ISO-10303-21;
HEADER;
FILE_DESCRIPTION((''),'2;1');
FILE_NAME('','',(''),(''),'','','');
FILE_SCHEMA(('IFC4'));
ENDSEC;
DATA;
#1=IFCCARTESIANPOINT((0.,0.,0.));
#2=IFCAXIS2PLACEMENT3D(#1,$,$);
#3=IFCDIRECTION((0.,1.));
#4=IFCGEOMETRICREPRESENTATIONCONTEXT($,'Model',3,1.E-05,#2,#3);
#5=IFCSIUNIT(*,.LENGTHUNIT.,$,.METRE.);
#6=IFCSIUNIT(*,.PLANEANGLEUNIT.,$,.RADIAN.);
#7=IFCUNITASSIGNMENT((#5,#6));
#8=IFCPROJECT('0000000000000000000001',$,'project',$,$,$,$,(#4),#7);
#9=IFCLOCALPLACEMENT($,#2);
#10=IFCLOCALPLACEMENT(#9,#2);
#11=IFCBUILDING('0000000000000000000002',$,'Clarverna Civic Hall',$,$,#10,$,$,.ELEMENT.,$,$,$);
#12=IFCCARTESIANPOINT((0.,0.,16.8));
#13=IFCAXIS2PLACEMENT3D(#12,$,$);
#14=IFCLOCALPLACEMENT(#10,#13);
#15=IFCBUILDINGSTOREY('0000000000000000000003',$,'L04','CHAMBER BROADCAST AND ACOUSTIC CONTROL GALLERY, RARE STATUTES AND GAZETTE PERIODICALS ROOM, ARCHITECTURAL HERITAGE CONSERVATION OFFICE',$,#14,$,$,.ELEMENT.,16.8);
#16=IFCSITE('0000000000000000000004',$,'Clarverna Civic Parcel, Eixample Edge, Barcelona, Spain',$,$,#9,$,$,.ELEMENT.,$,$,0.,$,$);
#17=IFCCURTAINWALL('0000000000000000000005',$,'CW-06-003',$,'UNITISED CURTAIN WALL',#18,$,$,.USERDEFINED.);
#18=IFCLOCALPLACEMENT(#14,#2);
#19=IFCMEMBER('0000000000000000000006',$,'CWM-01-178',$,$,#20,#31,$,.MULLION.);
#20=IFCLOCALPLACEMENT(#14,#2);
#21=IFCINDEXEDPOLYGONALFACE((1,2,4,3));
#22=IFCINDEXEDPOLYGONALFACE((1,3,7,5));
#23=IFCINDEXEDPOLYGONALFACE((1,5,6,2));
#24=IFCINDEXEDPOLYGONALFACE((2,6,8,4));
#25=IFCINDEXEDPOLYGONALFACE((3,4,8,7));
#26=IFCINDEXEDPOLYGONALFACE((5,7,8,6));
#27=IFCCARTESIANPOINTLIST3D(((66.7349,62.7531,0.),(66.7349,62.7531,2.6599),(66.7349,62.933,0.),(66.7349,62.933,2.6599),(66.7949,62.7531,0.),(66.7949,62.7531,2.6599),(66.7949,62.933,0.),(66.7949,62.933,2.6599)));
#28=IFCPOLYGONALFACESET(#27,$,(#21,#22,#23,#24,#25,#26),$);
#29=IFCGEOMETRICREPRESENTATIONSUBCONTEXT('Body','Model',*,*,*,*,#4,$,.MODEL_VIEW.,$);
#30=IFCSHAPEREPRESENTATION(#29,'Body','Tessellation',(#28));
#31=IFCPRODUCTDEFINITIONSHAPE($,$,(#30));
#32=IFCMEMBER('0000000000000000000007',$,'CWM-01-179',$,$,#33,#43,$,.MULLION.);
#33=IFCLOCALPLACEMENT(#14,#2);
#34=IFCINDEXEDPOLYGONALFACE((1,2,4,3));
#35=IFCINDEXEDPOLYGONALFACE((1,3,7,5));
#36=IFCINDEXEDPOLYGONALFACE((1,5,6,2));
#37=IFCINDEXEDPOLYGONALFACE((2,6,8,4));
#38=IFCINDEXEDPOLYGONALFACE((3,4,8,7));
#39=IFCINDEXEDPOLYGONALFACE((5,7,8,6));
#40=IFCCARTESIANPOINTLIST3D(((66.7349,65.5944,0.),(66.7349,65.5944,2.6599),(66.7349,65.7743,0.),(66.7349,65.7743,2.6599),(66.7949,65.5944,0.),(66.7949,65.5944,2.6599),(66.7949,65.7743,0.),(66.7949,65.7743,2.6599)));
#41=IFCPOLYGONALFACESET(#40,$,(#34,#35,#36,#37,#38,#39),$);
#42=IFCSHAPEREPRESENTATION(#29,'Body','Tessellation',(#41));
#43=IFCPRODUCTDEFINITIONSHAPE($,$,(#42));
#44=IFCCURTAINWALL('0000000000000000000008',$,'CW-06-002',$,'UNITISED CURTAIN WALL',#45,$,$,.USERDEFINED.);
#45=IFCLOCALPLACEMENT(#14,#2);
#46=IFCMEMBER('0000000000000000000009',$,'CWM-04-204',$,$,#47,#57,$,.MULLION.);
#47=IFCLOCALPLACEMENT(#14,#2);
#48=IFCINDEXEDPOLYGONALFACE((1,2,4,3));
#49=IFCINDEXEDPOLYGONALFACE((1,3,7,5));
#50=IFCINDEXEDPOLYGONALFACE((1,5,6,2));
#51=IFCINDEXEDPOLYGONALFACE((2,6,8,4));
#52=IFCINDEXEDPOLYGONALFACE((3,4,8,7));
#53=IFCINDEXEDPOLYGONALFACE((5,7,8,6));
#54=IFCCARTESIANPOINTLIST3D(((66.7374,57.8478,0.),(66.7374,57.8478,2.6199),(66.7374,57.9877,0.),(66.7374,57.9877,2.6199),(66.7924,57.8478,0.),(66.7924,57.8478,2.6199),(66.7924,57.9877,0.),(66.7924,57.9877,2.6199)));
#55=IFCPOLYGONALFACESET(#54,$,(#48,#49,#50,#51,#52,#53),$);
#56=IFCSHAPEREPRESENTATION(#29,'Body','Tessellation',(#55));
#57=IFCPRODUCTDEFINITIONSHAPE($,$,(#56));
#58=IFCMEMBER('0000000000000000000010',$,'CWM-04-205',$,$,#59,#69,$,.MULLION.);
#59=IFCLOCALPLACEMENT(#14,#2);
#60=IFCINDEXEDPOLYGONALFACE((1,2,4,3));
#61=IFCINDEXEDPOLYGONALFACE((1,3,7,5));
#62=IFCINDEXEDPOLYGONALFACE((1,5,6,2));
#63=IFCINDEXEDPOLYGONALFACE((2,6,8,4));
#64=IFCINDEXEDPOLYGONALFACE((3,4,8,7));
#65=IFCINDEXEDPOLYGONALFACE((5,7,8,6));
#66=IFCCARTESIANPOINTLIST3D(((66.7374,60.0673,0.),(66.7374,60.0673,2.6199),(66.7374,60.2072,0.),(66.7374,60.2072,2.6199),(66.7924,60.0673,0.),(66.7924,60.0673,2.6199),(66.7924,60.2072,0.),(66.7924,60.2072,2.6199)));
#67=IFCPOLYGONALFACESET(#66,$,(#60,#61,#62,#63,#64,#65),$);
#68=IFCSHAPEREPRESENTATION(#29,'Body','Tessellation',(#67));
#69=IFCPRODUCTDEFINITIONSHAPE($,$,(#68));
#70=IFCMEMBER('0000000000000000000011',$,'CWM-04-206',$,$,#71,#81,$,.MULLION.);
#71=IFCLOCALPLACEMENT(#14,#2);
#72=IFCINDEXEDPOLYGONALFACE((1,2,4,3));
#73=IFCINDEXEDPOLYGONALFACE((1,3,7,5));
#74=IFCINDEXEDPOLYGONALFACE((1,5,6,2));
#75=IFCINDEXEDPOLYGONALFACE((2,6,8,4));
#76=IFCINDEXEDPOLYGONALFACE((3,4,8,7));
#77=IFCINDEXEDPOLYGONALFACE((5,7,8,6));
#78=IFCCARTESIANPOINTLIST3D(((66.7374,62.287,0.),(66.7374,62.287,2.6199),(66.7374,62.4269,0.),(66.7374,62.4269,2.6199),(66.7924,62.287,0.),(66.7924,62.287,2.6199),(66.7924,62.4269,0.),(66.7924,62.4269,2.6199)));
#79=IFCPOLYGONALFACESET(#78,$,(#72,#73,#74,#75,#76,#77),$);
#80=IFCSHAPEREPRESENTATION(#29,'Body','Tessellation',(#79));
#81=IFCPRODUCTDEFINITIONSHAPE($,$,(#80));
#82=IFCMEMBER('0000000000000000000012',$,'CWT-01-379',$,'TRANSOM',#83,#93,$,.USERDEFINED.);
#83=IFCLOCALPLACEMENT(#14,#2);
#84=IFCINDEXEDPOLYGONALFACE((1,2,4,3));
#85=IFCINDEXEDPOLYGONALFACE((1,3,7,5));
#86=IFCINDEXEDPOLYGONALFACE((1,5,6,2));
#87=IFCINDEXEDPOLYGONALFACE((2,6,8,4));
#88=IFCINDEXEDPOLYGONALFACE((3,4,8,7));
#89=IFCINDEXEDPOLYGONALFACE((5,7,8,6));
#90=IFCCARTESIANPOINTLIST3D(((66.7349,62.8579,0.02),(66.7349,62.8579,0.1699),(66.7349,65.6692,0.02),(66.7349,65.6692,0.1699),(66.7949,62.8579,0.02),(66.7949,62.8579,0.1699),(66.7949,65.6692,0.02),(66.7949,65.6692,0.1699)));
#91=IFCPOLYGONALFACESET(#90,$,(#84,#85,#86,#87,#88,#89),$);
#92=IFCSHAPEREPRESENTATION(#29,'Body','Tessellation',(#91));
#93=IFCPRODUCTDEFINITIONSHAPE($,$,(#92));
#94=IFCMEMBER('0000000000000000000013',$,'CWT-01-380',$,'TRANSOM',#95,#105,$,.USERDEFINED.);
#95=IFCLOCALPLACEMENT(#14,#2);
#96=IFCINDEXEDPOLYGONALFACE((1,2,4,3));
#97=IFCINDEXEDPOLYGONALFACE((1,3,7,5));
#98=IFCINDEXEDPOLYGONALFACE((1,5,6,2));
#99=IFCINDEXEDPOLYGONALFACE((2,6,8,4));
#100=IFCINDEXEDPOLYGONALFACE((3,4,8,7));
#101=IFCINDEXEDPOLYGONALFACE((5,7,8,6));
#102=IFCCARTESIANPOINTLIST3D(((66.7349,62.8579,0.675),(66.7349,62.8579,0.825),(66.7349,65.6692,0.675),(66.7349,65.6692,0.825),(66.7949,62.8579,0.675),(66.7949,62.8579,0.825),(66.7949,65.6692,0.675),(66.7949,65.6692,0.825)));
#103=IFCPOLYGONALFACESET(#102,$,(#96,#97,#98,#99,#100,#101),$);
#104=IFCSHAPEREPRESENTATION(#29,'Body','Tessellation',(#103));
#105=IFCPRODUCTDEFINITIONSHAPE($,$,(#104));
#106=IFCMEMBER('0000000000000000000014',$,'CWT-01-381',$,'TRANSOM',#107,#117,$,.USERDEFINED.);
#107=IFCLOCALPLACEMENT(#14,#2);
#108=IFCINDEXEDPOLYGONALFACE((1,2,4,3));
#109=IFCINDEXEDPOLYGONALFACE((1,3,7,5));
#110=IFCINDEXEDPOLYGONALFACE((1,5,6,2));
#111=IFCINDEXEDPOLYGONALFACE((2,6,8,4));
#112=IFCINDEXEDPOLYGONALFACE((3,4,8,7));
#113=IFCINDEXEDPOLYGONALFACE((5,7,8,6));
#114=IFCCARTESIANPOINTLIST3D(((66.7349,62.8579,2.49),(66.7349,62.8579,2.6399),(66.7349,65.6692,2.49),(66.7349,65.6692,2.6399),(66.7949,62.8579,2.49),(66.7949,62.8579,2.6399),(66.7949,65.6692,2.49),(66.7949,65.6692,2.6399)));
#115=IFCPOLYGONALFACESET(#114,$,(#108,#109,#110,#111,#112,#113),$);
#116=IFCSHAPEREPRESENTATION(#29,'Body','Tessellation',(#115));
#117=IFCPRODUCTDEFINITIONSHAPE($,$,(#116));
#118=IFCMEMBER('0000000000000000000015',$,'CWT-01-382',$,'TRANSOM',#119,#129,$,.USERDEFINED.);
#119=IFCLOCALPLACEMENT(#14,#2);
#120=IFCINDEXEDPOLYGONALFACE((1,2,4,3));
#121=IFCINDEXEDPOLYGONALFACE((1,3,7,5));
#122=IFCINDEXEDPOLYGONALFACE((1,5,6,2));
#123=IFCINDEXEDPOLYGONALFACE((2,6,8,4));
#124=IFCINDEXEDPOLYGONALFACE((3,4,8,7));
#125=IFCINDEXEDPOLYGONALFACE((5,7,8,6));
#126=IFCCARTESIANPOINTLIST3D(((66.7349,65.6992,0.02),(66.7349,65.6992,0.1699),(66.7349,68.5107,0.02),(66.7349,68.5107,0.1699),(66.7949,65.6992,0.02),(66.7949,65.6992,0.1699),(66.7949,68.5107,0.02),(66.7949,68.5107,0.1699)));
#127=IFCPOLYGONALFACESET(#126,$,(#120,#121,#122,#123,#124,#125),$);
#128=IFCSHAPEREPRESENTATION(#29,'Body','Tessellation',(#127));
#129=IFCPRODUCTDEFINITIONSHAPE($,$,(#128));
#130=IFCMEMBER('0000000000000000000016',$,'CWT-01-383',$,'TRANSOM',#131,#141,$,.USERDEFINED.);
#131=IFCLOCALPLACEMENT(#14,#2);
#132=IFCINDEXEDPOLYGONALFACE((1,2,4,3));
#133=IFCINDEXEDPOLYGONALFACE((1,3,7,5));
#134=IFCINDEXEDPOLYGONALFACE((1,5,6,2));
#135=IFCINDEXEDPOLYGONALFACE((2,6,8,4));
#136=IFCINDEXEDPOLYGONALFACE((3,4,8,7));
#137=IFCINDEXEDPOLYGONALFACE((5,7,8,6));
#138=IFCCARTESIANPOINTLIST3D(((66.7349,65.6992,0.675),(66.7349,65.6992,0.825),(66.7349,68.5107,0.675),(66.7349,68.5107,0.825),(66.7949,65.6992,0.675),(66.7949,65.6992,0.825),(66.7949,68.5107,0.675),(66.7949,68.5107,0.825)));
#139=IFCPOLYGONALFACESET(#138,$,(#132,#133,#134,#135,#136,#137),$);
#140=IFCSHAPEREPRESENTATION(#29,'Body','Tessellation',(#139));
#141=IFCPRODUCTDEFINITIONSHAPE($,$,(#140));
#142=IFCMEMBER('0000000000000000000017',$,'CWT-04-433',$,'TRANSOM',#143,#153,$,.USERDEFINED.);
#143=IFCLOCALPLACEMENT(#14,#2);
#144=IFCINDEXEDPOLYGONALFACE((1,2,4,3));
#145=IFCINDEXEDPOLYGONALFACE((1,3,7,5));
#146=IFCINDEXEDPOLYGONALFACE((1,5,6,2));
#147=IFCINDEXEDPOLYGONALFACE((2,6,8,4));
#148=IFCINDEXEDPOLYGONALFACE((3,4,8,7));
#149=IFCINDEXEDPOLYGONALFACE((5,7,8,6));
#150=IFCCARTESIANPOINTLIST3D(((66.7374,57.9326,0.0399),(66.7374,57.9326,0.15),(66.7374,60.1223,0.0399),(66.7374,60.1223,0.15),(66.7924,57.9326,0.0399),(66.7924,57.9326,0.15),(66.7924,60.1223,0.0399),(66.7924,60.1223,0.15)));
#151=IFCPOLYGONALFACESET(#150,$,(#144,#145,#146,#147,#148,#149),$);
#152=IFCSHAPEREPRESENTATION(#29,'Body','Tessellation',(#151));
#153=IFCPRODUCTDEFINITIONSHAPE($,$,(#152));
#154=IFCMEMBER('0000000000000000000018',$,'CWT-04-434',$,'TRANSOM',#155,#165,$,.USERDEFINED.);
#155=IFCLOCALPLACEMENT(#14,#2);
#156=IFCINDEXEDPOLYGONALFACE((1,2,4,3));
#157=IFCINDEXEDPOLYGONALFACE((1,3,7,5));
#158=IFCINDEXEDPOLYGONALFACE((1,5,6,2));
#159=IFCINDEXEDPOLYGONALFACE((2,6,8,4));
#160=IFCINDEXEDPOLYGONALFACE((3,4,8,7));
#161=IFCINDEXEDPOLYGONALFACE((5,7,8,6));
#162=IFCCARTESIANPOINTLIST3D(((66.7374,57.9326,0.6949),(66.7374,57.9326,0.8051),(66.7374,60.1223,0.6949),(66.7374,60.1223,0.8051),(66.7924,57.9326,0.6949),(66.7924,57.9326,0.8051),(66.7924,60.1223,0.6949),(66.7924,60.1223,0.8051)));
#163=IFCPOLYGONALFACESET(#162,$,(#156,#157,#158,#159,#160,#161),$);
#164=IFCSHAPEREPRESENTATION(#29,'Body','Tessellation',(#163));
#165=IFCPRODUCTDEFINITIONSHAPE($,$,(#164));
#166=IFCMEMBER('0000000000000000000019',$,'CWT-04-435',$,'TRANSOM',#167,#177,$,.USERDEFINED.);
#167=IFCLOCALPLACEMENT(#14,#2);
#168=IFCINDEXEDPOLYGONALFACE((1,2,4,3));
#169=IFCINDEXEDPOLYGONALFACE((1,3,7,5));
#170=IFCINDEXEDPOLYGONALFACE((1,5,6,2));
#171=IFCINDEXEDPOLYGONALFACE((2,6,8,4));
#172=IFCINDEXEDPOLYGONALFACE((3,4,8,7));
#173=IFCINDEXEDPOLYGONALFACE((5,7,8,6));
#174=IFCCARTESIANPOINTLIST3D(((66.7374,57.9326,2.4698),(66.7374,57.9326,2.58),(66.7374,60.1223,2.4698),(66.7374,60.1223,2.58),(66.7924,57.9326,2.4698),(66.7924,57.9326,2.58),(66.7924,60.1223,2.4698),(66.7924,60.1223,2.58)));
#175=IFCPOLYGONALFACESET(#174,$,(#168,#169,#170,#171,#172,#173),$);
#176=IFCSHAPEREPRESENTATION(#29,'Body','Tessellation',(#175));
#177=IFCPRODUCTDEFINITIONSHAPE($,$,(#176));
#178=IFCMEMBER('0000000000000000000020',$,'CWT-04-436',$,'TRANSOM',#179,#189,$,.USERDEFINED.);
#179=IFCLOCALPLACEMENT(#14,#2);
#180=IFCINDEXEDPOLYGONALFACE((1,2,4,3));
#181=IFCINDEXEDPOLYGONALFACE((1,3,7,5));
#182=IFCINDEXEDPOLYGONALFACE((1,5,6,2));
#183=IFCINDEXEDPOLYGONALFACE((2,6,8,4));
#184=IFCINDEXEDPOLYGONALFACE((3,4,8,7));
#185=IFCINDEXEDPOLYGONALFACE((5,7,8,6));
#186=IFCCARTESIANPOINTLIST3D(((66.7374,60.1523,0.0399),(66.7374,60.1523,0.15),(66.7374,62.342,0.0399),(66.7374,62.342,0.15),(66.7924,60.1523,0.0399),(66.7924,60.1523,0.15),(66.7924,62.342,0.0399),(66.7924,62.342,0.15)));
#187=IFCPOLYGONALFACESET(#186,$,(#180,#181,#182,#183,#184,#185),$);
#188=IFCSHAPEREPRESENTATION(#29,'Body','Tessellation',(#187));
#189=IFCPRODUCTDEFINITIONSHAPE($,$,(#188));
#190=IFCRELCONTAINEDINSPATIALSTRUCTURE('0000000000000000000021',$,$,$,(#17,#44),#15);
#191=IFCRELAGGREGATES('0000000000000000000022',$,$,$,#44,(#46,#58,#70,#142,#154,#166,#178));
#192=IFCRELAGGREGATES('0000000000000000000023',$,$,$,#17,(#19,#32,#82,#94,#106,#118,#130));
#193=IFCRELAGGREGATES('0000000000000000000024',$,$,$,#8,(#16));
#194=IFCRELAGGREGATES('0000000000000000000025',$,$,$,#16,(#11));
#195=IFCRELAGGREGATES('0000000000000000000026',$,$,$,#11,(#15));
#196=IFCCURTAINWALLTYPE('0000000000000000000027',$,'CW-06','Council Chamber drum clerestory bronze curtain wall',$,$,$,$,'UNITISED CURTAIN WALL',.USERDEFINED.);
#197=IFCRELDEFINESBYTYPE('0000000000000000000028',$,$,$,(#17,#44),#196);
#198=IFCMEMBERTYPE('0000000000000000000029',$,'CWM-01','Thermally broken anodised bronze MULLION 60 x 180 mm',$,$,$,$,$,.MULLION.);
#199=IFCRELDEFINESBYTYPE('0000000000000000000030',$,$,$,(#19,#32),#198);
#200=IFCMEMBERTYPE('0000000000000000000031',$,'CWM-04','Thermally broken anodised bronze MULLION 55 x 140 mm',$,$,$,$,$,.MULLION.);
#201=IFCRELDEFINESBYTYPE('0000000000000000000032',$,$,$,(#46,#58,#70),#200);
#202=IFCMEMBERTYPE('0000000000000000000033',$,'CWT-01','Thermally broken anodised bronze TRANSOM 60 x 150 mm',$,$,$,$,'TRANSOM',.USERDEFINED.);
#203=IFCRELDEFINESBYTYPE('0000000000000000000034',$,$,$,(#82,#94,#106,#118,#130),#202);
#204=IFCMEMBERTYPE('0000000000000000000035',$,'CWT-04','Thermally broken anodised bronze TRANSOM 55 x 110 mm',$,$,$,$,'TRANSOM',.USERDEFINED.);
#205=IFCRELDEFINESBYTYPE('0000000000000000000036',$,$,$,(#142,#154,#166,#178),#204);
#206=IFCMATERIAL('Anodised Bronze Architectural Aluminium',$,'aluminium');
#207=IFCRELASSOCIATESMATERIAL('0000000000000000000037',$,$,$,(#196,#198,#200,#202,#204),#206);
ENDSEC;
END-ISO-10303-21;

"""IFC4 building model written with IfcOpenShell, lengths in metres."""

from ifc_helpers import new_model, si_unit, direction, frame, origin, origin_2d, place, context, subcontext, project, spatial, rectangle, extrude, material, material_profile, profile_set, type_object, element, aggregate, save


model = new_model("IFC4")

# Units and contexts
model_context = context("Model", 3, precision=1e-05, world=origin(), true_north=direction((0.0, 1.0)))
body_context = subcontext(model_context, "Body", "Model", "MODEL_VIEW")
ifc_project = project(units=[si_unit("LENGTHUNIT", "METRE"), si_unit("PLANEANGLEUNIT", "RADIAN")], contexts=[model_context])

# Site, building, storey
site_placement = place(None, origin())
site = spatial("IfcSite", under=ifc_project, at=site_placement, Name="Clarverna Civic Parcel, Eixample Edge, Barcelona, Spain", CompositionType="ELEMENT", RefElevation=0.0)
building_placement = place(site_placement, origin())
building = spatial("IfcBuilding", under=site, at=building_placement, Name="Clarverna Civic Hall", CompositionType="ELEMENT")
storey_placement = place(building_placement, frame((0.0, 0.0, 16.8)))
storey = spatial("IfcBuildingStorey", under=building, at=storey_placement, Name="L04", Description="CHAMBER BROADCAST AND ACOUSTIC CONTROL GALLERY, RARE STATUTES AND GAZETTE PERIODICALS ROOM, ARCHITECTURAL HERITAGE CONSERVATION OFFICE", CompositionType="ELEMENT", Elevation=16.8)

# Curtain walls, members
ifc_material_1 = material(Name="Anodised Bronze Architectural Aluminium", Category="aluminium")
curtain_wall_type = type_object("IfcCurtainWallType", Name="CW-06", Description="Council Chamber drum clerestory bronze curtain wall", ElementType="UNITISED CURTAIN WALL", PredefinedType="USERDEFINED", material=ifc_material_1)
curtain_wall_1_placement = place(storey_placement, origin())
curtain_wall_1 = element("IfcCurtainWall", 1, at=curtain_wall_1_placement, inside=storey, type_object=curtain_wall_type, Name="CW-06-003", ObjectType="UNITISED CURTAIN WALL", PredefinedType="USERDEFINED")
ifc_material_profile_1 = material_profile(ifc_material_1, rectangle(XDim=0.0601, YDim=0.1799, at=origin_2d()), Name="BRONZE 60x180")
ifc_profile_set_1 = profile_set([ifc_material_profile_1], Name="Anodised Bronze Architectural Aluminium")
member_type_1 = type_object("IfcMemberType", Name="CWM-01", Description="Thermally broken anodised bronze MULLION 60 x 180 mm", PredefinedType="MULLION", material=ifc_profile_set_1)
member_1_placement = place(storey_placement, frame((66.7649, 62.843, 0.0), z_axis=(0.0, 0.0, 1.0), x_axis=(1.0, 0.0, 0.0)))
member_1 = element("IfcMember", 2, at=member_1_placement, type_object=member_type_1, Name="CWM-01-178", PredefinedType="MULLION", context=body_context, shape_type="SweptSolid", body=[
    extrude(rectangle(XDim=0.0601, YDim=0.1799, at=origin_2d()), origin(), (0.0, 0.0, 1.0), 2.6599),
])
member_2_placement = place(storey_placement, frame((66.7649, 65.6843, 0.0), z_axis=(0.0, 0.0, 1.0), x_axis=(1.0, 0.0, 0.0)))
member_2 = element("IfcMember", 3, at=member_2_placement, type_object=member_type_1, Name="CWM-01-179", PredefinedType="MULLION", context=body_context, shape_type="SweptSolid", body=[
    extrude(rectangle(XDim=0.0601, YDim=0.1799, at=origin_2d()), origin(), (0.0, 0.0, 1.0), 2.6599),
])
curtain_wall_2_placement = place(storey_placement, origin())
curtain_wall_2 = element("IfcCurtainWall", 4, at=curtain_wall_2_placement, inside=storey, type_object=curtain_wall_type, Name="CW-06-002", ObjectType="UNITISED CURTAIN WALL", PredefinedType="USERDEFINED")
ifc_material_profile_2 = material_profile(ifc_material_1, rectangle(XDim=0.0549, YDim=0.1399, at=origin_2d()), Name="BRONZE 55x140")
ifc_profile_set_2 = profile_set([ifc_material_profile_2], Name="Anodised Bronze Architectural Aluminium")
member_type_2 = type_object("IfcMemberType", Name="CWM-04", Description="Thermally broken anodised bronze MULLION 55 x 140 mm", PredefinedType="MULLION", material=ifc_profile_set_2)
member_3_placement = place(storey_placement, frame((66.7649, 57.9177, 0.0), z_axis=(0.0, 0.0, 1.0), x_axis=(1.0, 0.0, 0.0)))
member_3 = element("IfcMember", 5, at=member_3_placement, type_object=member_type_2, Name="CWM-04-204", PredefinedType="MULLION", context=body_context, shape_type="SweptSolid", body=[
    extrude(rectangle(XDim=0.0549, YDim=0.1399, at=origin_2d()), origin(), (0.0, 0.0, 1.0), 2.6199),
])
member_4_placement = place(storey_placement, frame((66.7649, 60.1372, 0.0), z_axis=(0.0, 0.0, 1.0), x_axis=(1.0, 0.0, 0.0)))
member_4 = element("IfcMember", 6, at=member_4_placement, type_object=member_type_2, Name="CWM-04-205", PredefinedType="MULLION", context=body_context, shape_type="SweptSolid", body=[
    extrude(rectangle(XDim=0.0549, YDim=0.1399, at=origin_2d()), origin(), (0.0, 0.0, 1.0), 2.6199),
])
member_5_placement = place(storey_placement, frame((66.7649, 62.3569, 0.0), z_axis=(0.0, 0.0, 1.0), x_axis=(1.0, 0.0, 0.0)))
member_5 = element("IfcMember", 7, at=member_5_placement, type_object=member_type_2, Name="CWM-04-206", PredefinedType="MULLION", context=body_context, shape_type="SweptSolid", body=[
    extrude(rectangle(XDim=0.0549, YDim=0.1399, at=origin_2d()), origin(), (0.0, 0.0, 1.0), 2.6199),
])

# Members
ifc_material_profile_3 = material_profile(ifc_material_1, rectangle(XDim=0.0601, YDim=0.1499, at=origin_2d()), Name="BRONZE 60x150")
ifc_profile_set_3 = profile_set([ifc_material_profile_3], Name="Anodised Bronze Architectural Aluminium")
member_type_3 = type_object("IfcMemberType", Name="CWT-01", Description="Thermally broken anodised bronze TRANSOM 60 x 150 mm", ElementType="TRANSOM", PredefinedType="USERDEFINED", material=ifc_profile_set_3)
member_6_placement = place(storey_placement, frame((66.7649, 62.8579, 0.095), z_axis=(0.0, 1.0, 0.0), x_axis=(-1.0, 0.0, 0.0)))
member_6 = element("IfcMember", 8, at=member_6_placement, type_object=member_type_3, Name="CWT-01-379", ObjectType="TRANSOM", PredefinedType="USERDEFINED", context=body_context, shape_type="SweptSolid", body=[
    extrude(rectangle(XDim=0.0601, YDim=0.1499, at=origin_2d()), origin(), (0.0, 0.0, 1.0), 2.8113),
])
member_7_placement = place(storey_placement, frame((66.7649, 62.8579, 0.75), z_axis=(0.0, 1.0, 0.0), x_axis=(-1.0, 0.0, 0.0)))
member_7 = element("IfcMember", 9, at=member_7_placement, type_object=member_type_3, Name="CWT-01-380", ObjectType="TRANSOM", PredefinedType="USERDEFINED", context=body_context, shape_type="SweptSolid", body=[
    extrude(rectangle(XDim=0.0601, YDim=0.1499, at=origin_2d()), origin(), (0.0, 0.0, 1.0), 2.8113),
])
member_8_placement = place(storey_placement, frame((66.7649, 62.8579, 2.5649), z_axis=(0.0, 1.0, 0.0), x_axis=(-1.0, 0.0, 0.0)))
member_8 = element("IfcMember", 10, at=member_8_placement, type_object=member_type_3, Name="CWT-01-381", ObjectType="TRANSOM", PredefinedType="USERDEFINED", context=body_context, shape_type="SweptSolid", body=[
    extrude(rectangle(XDim=0.0601, YDim=0.1499, at=origin_2d()), origin(), (0.0, 0.0, 1.0), 2.8113),
])
member_9_placement = place(storey_placement, frame((66.7649, 65.6992, 0.095), z_axis=(0.0, 1.0, 0.0), x_axis=(-1.0, 0.0, 0.0)))
member_9 = element("IfcMember", 11, at=member_9_placement, type_object=member_type_3, Name="CWT-01-382", ObjectType="TRANSOM", PredefinedType="USERDEFINED", context=body_context, shape_type="SweptSolid", body=[
    extrude(rectangle(XDim=0.0601, YDim=0.1499, at=origin_2d()), origin(), (0.0, 0.0, 1.0), 2.8115),
])
member_10_placement = place(storey_placement, frame((66.7649, 65.6992, 0.75), z_axis=(0.0, 1.0, 0.0), x_axis=(-1.0, 0.0, 0.0)))
member_10 = element("IfcMember", 12, at=member_10_placement, type_object=member_type_3, Name="CWT-01-383", ObjectType="TRANSOM", PredefinedType="USERDEFINED", context=body_context, shape_type="SweptSolid", body=[
    extrude(rectangle(XDim=0.0601, YDim=0.1499, at=origin_2d()), origin(), (0.0, 0.0, 1.0), 2.8115),
])
ifc_material_profile_4 = material_profile(ifc_material_1, rectangle(XDim=0.0549, YDim=0.1101, at=origin_2d()), Name="BRONZE 55x110")
ifc_profile_set_4 = profile_set([ifc_material_profile_4], Name="Anodised Bronze Architectural Aluminium")
member_type_4 = type_object("IfcMemberType", Name="CWT-04", Description="Thermally broken anodised bronze TRANSOM 55 x 110 mm", ElementType="TRANSOM", PredefinedType="USERDEFINED", material=ifc_profile_set_4)
member_11_placement = place(storey_placement, frame((66.7649, 57.9326, 0.095), z_axis=(0.0, 1.0, 0.0), x_axis=(-1.0, 0.0, 0.0)))
member_11 = element("IfcMember", 13, at=member_11_placement, type_object=member_type_4, Name="CWT-04-433", ObjectType="TRANSOM", PredefinedType="USERDEFINED", context=body_context, shape_type="SweptSolid", body=[
    extrude(rectangle(XDim=0.0549, YDim=0.1101, at=origin_2d()), origin(), (0.0, 0.0, 1.0), 2.1897),
])
member_12_placement = place(storey_placement, frame((66.7649, 57.9326, 0.75), z_axis=(0.0, 1.0, 0.0), x_axis=(-1.0, 0.0, 0.0)))
member_12 = element("IfcMember", 14, at=member_12_placement, type_object=member_type_4, Name="CWT-04-434", ObjectType="TRANSOM", PredefinedType="USERDEFINED", context=body_context, shape_type="SweptSolid", body=[
    extrude(rectangle(XDim=0.0549, YDim=0.1101, at=origin_2d()), origin(), (0.0, 0.0, 1.0), 2.1897),
])
member_13_placement = place(storey_placement, frame((66.7649, 57.9326, 2.5249), z_axis=(0.0, 1.0, 0.0), x_axis=(-1.0, 0.0, 0.0)))
member_13 = element("IfcMember", 15, at=member_13_placement, type_object=member_type_4, Name="CWT-04-435", ObjectType="TRANSOM", PredefinedType="USERDEFINED", context=body_context, shape_type="SweptSolid", body=[
    extrude(rectangle(XDim=0.0549, YDim=0.1101, at=origin_2d()), origin(), (0.0, 0.0, 1.0), 2.1897),
])
member_14_placement = place(storey_placement, frame((66.7649, 60.1523, 0.095), z_axis=(0.0, 1.0, 0.0), x_axis=(-1.0, 0.0, 0.0)))
member_14 = element("IfcMember", 16, at=member_14_placement, type_object=member_type_4, Name="CWT-04-436", ObjectType="TRANSOM", PredefinedType="USERDEFINED", context=body_context, shape_type="SweptSolid", body=[
    extrude(rectangle(XDim=0.0549, YDim=0.1101, at=origin_2d()), origin(), (0.0, 0.0, 1.0), 2.1897),
])

aggregate(curtain_wall_2, [member_3, member_4, member_5, member_11, member_12, member_13, member_14])
aggregate(curtain_wall_1, [member_1, member_2, member_6, member_7, member_8, member_9, member_10])

save(model, "model.ifc")
